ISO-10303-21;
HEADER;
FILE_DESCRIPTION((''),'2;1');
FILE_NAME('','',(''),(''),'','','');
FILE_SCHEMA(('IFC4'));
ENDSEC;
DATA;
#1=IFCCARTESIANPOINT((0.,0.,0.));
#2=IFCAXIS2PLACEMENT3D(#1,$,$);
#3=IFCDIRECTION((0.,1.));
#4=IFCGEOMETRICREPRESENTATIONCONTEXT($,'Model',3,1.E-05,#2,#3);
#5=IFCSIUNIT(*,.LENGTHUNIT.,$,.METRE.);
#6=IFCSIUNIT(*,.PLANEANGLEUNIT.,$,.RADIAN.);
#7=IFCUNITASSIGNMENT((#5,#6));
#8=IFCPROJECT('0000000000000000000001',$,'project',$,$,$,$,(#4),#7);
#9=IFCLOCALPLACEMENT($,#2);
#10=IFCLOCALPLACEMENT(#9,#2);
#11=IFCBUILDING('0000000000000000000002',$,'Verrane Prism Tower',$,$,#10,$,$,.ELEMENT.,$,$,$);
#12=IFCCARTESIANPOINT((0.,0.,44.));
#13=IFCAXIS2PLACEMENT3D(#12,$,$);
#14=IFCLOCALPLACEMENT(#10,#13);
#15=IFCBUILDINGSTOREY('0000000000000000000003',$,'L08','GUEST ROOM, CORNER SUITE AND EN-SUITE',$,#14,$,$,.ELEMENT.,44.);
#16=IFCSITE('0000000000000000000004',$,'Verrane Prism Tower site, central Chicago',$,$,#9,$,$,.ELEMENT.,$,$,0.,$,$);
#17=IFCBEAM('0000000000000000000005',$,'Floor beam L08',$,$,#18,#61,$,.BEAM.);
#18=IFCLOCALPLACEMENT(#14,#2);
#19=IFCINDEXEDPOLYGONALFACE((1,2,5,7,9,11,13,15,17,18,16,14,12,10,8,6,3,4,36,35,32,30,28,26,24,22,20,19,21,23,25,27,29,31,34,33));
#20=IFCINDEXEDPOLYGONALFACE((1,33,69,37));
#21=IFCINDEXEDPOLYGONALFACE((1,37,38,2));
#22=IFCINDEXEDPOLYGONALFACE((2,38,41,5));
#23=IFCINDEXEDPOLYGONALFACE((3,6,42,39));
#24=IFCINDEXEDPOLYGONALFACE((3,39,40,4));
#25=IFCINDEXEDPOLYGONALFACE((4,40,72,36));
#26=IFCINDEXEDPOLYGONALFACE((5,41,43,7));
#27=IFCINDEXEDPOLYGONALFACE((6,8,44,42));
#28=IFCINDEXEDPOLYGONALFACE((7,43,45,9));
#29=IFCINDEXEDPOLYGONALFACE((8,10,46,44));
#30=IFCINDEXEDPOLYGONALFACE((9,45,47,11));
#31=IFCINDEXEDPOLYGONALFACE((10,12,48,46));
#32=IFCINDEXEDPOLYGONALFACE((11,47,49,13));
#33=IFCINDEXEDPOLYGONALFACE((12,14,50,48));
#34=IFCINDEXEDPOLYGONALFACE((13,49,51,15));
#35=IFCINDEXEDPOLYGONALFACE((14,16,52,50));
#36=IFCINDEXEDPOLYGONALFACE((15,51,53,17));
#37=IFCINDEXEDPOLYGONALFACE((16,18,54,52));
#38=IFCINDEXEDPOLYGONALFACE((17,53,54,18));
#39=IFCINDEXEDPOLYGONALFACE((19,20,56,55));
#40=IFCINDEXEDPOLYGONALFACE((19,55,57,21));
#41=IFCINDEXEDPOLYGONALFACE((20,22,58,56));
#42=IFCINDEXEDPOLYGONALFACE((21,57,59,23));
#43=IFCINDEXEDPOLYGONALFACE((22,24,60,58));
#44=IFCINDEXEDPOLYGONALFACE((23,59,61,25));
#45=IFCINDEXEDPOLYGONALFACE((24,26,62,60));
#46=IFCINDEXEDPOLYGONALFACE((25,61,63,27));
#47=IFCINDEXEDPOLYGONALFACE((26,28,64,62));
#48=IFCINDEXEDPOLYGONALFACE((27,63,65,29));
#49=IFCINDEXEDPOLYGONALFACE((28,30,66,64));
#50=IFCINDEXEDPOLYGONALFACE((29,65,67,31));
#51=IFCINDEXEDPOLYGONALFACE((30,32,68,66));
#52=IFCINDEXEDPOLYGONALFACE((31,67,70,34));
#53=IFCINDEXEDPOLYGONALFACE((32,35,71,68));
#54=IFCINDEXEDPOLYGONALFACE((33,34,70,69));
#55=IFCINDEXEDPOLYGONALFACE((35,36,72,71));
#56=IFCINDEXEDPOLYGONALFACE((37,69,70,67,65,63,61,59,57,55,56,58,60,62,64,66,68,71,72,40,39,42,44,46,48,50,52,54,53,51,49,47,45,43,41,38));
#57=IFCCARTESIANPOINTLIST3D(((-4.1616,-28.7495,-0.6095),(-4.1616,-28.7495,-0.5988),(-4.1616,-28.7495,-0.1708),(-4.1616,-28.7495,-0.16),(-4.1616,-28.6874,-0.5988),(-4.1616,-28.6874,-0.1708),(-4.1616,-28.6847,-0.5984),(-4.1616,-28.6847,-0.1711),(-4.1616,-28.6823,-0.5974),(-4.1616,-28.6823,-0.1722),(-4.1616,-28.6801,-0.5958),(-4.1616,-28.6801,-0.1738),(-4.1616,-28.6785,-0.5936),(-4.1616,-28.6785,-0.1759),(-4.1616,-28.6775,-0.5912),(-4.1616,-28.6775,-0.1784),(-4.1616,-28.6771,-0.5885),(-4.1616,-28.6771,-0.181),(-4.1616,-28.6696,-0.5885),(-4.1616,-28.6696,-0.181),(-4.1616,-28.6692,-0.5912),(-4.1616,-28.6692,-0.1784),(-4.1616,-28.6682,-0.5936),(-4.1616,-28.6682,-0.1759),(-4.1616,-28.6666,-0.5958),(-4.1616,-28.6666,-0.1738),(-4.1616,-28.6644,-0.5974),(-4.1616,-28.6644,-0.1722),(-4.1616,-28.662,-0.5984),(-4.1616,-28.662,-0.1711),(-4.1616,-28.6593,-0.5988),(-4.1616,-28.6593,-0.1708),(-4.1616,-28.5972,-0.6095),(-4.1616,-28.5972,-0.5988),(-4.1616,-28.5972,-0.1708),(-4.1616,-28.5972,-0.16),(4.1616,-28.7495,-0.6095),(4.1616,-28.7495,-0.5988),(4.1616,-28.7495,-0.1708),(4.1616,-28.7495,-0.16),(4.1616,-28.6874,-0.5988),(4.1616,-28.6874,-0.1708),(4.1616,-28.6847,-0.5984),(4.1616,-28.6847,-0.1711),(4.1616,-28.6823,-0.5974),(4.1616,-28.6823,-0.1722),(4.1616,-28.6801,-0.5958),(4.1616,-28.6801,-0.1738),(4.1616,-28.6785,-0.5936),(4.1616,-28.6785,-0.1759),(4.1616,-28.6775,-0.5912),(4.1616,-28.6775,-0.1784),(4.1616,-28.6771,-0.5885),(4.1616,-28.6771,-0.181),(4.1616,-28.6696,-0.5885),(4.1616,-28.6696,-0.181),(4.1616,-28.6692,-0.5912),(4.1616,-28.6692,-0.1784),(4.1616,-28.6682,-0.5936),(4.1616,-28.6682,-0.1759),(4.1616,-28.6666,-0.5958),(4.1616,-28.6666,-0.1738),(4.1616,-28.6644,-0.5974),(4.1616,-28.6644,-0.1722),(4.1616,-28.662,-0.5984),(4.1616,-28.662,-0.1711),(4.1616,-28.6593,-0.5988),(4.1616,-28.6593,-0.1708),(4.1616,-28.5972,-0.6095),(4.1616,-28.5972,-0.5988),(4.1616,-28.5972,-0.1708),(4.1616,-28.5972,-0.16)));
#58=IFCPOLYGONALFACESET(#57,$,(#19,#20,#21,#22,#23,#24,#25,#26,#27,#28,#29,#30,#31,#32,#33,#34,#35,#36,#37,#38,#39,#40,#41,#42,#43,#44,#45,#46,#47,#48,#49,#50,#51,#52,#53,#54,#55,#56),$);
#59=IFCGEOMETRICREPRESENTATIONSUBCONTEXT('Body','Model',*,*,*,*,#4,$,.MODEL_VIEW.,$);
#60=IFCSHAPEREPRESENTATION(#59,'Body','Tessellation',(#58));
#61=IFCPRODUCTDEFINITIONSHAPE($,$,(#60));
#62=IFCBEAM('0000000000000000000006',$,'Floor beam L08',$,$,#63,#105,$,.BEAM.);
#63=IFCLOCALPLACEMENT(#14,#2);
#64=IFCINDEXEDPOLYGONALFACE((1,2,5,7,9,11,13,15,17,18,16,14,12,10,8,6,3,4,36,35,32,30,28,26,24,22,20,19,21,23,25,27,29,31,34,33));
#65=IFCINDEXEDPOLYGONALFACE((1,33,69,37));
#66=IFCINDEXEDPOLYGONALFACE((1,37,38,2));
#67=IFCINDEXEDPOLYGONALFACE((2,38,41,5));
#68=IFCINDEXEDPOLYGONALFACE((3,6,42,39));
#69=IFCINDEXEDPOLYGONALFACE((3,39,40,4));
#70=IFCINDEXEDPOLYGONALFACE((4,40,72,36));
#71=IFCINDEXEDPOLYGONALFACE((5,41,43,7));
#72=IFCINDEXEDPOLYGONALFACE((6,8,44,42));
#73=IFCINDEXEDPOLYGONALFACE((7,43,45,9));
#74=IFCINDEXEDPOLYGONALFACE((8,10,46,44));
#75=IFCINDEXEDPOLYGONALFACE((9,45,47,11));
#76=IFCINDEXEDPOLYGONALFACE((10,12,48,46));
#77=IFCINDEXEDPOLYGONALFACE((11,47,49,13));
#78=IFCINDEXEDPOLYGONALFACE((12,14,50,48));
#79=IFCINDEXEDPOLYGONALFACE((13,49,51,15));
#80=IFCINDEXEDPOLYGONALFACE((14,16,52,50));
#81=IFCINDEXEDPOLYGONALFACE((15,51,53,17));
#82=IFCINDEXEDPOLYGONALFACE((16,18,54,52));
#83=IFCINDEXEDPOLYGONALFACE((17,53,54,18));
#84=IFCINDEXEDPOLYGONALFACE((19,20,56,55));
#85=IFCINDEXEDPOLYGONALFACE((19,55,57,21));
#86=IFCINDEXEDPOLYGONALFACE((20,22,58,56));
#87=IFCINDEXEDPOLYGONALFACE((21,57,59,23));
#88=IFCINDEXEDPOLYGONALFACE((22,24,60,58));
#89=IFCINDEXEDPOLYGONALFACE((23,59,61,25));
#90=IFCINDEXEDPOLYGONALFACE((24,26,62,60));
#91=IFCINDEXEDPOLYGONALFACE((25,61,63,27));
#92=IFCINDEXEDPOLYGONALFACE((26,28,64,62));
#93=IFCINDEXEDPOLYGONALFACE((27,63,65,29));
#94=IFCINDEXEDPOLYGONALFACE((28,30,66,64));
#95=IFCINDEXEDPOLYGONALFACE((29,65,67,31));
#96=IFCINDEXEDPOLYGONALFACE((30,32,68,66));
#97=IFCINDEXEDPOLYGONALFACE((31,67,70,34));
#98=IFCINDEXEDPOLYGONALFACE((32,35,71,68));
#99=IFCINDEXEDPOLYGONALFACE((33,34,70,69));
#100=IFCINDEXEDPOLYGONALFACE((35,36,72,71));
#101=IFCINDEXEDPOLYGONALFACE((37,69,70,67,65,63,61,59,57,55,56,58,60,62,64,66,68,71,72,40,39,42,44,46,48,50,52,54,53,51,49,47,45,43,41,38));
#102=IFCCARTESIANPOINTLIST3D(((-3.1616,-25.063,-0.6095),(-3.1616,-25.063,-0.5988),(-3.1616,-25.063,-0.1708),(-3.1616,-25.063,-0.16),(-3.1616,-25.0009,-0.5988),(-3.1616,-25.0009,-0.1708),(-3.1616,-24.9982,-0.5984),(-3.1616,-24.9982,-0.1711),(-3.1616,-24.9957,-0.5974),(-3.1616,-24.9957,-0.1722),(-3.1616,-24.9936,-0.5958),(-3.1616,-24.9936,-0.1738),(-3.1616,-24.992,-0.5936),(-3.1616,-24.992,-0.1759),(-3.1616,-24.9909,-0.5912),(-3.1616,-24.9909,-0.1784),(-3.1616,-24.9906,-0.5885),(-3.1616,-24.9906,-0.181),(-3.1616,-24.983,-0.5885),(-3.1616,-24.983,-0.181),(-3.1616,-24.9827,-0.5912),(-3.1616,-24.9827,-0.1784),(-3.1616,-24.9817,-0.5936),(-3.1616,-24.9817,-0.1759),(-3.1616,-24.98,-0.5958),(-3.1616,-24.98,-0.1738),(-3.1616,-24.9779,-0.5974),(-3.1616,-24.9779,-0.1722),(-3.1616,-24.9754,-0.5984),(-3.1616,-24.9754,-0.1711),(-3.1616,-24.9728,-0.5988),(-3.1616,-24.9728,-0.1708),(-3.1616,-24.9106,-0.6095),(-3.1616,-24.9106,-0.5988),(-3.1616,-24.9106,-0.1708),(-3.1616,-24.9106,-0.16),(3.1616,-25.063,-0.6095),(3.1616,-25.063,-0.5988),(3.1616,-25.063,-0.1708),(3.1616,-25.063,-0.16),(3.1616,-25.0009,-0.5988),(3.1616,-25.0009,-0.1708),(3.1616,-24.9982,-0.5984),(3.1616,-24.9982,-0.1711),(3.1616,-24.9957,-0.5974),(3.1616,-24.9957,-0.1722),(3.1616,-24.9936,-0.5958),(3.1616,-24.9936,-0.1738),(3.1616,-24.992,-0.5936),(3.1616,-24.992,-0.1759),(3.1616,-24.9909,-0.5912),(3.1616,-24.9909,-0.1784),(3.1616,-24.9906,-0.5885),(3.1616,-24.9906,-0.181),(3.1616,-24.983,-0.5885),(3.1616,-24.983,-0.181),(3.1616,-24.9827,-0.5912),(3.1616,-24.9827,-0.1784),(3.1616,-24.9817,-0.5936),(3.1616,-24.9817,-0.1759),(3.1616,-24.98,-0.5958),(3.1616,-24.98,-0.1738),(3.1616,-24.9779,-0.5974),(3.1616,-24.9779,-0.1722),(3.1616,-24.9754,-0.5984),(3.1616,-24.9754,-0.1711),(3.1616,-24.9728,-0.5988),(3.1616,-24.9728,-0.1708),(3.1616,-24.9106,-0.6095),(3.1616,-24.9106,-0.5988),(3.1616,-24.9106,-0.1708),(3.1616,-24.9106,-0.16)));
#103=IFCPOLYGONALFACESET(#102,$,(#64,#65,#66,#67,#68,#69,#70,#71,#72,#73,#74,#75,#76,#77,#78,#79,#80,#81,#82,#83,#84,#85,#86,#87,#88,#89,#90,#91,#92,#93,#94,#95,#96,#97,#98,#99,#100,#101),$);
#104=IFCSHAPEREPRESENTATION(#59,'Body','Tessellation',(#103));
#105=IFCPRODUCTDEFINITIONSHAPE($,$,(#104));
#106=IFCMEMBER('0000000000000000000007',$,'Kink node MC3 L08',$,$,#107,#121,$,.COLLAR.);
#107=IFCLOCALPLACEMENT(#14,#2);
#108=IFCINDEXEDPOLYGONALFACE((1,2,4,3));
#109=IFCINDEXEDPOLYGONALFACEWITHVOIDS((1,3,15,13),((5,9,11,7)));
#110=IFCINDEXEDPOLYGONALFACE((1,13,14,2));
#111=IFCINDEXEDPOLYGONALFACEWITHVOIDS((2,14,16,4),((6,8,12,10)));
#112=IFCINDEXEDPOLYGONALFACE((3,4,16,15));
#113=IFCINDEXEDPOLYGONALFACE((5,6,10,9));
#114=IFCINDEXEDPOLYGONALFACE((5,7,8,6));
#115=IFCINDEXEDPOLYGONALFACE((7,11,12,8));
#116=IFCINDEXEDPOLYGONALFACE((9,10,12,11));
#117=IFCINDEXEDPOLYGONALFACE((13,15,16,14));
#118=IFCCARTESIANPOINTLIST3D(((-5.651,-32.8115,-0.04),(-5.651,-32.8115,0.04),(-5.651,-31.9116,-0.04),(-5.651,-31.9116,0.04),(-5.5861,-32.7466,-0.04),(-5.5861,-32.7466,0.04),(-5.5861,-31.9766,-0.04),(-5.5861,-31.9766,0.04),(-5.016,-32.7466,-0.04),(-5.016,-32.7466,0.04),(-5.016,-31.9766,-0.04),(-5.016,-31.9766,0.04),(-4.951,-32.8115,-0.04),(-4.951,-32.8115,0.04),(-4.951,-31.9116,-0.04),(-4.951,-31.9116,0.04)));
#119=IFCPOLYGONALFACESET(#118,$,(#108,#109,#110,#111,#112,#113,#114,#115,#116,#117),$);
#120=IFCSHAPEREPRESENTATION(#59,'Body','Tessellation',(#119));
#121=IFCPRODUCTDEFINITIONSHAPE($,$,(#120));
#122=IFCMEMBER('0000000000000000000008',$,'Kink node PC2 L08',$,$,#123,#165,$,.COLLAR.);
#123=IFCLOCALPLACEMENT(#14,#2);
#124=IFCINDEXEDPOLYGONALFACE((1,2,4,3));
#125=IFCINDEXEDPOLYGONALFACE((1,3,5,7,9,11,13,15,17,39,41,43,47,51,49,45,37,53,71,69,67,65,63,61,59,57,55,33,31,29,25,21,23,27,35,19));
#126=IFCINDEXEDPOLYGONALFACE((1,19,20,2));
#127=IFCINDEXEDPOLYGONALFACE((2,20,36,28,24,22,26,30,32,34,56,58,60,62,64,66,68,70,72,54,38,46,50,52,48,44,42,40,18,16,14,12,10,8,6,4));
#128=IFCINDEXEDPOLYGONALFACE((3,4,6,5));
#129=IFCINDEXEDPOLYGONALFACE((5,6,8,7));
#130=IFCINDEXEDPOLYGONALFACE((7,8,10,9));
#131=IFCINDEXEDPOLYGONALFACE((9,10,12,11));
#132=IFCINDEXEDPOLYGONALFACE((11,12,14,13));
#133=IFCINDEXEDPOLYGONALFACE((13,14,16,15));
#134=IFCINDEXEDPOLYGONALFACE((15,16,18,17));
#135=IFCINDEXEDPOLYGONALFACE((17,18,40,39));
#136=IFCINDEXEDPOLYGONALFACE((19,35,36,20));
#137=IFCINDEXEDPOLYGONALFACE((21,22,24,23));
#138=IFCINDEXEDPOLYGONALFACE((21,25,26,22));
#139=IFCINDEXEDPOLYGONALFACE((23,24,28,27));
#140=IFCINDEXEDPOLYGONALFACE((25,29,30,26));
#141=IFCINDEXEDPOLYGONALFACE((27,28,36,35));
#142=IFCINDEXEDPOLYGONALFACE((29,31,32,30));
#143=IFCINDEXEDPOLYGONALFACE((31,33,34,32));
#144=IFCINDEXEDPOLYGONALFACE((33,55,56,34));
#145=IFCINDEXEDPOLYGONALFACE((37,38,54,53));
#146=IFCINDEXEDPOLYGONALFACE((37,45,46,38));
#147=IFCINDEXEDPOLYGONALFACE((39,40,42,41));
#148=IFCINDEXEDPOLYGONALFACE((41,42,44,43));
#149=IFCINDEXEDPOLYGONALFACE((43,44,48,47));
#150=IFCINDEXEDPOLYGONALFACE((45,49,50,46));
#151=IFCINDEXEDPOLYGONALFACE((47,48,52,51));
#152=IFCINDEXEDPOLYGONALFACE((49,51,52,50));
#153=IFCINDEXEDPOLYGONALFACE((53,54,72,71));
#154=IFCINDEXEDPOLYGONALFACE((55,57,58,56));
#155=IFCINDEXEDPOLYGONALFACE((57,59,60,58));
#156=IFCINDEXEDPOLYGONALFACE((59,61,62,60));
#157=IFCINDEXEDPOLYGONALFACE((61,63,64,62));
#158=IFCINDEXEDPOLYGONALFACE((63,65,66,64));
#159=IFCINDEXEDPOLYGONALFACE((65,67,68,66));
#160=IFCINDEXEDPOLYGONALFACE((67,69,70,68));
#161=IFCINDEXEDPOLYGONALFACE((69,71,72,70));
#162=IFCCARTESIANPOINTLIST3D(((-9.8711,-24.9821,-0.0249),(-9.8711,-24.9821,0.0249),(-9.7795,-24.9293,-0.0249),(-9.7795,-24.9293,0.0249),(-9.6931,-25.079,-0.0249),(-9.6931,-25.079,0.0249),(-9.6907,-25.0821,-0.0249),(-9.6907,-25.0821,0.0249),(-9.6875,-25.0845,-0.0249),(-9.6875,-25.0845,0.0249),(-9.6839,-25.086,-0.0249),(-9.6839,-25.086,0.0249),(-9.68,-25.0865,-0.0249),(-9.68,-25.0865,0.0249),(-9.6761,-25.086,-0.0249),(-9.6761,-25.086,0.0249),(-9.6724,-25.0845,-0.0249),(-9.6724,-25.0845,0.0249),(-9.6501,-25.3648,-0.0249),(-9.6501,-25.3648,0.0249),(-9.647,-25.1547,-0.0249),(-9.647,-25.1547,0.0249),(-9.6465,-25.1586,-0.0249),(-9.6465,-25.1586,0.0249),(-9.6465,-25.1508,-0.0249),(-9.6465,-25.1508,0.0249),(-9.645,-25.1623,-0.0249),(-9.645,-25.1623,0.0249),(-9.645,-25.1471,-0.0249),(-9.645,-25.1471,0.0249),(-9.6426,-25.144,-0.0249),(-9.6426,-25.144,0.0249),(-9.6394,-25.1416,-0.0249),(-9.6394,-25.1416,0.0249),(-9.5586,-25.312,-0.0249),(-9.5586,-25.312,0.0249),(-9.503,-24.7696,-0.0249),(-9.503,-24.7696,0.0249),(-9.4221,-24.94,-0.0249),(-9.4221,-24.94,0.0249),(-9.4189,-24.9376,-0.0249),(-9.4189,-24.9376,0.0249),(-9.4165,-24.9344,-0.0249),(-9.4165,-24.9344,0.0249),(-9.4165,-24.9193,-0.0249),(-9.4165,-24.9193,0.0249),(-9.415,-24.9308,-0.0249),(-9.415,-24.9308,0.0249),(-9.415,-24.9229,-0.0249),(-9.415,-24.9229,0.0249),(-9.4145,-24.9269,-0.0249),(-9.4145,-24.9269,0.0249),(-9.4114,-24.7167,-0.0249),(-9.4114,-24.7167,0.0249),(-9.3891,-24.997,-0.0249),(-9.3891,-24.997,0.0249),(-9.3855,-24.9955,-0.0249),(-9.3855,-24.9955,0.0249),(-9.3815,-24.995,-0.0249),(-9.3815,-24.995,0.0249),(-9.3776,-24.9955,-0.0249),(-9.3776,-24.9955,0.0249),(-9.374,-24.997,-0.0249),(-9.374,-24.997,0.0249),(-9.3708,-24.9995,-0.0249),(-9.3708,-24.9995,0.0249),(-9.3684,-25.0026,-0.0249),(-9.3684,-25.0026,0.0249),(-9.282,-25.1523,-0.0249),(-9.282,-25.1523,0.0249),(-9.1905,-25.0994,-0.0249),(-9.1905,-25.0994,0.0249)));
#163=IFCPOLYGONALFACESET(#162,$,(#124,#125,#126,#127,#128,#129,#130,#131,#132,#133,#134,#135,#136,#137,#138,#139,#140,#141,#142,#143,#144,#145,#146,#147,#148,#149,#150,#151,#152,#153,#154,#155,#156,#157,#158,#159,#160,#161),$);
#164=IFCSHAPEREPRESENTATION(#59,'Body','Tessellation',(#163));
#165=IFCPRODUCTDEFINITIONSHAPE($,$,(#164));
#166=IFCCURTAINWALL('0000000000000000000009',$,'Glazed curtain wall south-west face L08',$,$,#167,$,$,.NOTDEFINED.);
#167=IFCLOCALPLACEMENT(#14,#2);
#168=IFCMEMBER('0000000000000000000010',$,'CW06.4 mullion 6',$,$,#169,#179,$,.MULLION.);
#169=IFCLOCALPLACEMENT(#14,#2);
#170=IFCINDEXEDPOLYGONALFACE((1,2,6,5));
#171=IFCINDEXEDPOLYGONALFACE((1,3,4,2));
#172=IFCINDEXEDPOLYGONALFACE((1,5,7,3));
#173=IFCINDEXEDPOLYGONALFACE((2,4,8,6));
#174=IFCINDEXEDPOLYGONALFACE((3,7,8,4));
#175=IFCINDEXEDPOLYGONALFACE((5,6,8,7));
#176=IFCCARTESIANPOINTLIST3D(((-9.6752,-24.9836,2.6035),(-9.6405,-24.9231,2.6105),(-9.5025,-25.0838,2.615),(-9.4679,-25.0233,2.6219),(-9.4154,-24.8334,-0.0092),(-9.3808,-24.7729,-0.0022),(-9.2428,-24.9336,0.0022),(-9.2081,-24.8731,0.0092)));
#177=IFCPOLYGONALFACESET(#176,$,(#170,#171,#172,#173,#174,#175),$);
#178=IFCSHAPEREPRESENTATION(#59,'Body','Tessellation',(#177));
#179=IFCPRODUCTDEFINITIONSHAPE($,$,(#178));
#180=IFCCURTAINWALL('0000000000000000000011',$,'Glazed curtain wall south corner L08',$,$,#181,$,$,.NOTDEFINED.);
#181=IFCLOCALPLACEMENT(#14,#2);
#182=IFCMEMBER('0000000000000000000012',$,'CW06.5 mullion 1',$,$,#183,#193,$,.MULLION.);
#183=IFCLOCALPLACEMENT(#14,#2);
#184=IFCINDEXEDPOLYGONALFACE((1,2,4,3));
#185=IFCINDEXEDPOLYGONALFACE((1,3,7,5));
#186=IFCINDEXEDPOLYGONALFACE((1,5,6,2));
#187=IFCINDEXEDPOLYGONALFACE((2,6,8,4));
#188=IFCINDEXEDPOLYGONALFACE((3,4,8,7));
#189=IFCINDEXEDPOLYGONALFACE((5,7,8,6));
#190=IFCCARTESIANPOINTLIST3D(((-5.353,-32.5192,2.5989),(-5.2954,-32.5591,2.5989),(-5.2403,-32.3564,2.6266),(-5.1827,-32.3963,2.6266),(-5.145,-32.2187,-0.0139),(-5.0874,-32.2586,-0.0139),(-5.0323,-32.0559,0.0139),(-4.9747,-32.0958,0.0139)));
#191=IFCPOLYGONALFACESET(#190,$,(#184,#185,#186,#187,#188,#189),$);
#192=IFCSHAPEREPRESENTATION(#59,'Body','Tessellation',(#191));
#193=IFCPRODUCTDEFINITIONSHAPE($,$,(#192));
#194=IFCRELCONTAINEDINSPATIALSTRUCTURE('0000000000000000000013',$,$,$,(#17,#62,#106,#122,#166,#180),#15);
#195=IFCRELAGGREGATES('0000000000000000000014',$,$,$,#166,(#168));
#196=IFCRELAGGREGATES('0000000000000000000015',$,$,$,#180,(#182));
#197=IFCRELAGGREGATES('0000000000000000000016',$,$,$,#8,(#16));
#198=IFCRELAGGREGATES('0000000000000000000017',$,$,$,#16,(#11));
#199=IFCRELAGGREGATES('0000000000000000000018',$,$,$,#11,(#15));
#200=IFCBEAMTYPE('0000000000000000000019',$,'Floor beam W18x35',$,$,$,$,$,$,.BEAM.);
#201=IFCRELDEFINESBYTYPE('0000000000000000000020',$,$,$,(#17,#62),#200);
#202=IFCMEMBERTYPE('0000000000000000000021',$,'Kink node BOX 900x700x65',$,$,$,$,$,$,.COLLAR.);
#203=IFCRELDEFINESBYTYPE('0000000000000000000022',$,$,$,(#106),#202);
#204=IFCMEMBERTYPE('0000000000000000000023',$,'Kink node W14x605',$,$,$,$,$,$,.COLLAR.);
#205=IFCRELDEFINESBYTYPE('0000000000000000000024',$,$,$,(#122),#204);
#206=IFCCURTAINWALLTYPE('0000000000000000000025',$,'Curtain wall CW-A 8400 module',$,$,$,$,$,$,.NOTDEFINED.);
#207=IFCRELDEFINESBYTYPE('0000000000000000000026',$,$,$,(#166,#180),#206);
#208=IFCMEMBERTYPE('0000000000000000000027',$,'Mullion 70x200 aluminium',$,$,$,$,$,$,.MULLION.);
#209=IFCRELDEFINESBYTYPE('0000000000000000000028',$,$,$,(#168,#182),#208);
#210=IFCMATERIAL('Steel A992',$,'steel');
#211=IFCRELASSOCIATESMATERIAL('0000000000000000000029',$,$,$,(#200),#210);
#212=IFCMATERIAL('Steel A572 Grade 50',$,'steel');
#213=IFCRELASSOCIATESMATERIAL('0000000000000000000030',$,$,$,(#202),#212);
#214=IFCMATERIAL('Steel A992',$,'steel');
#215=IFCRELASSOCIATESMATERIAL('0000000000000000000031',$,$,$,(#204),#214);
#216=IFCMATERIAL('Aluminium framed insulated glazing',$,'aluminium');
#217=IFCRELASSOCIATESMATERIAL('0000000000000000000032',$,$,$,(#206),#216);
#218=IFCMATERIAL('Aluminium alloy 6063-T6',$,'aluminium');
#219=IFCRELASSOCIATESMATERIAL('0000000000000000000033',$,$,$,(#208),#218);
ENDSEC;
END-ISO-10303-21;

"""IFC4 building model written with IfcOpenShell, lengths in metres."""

from ifc_helpers import new_model, si_unit, direction, frame, origin, origin_2d, place, context, subcontext, project, spatial, rectangle, hollow_rectangle, i_section, extrude, material, material_profile, profile_set, type_object, element, aggregate, save


model = new_model("IFC4")

# Units and contexts
model_context = context("Model", 3, precision=1e-05, world=origin(), true_north=direction((0.0, 1.0)))
body_context = subcontext(model_context, "Body", "Model", "MODEL_VIEW")
ifc_project = project(units=[si_unit("LENGTHUNIT", "METRE"), si_unit("PLANEANGLEUNIT", "RADIAN")], contexts=[model_context])

# Site, building, storey
site_placement = place(None, origin())
site = spatial("IfcSite", under=ifc_project, at=site_placement, Name="Verrane Prism Tower site, central Chicago", CompositionType="ELEMENT", RefElevation=0.0)
building_placement = place(site_placement, origin())
building = spatial("IfcBuilding", under=site, at=building_placement, Name="Verrane Prism Tower", CompositionType="ELEMENT")
storey_placement = place(building_placement, frame((0.0, 0.0, 44.0)))
storey = spatial("IfcBuildingStorey", under=building, at=storey_placement, Name="L08", Description="GUEST ROOM, CORNER SUITE AND EN-SUITE", CompositionType="ELEMENT", Elevation=44.0)

# Beams
ifc_material_1 = material(Name="Steel A992", Category="steel")
ifc_material_profile_1 = material_profile(ifc_material_1, i_section(OverallWidth=0.1523, OverallDepth=0.4495, WebThickness=0.0076, FlangeThickness=0.0107, FilletRadius=0.0103, at=origin_2d()), Name="W18x35")
ifc_profile_set_1 = profile_set([ifc_material_profile_1], Name="Steel A992")
beam_type_1 = type_object("IfcBeamType", Name="Floor beam W18x35", PredefinedType="BEAM", material=ifc_profile_set_1)
beam_1_placement = place(storey_placement, frame((-4.1616, -28.6733, -0.3848), z_axis=(1.0, 0.0, 0.0), x_axis=(0.0, 1.0, 0.0)))
element("IfcBeam", 1, at=beam_1_placement, inside=storey, type_object=beam_type_1, Name="Floor beam L08", PredefinedType="BEAM", context=body_context, shape_type="SweptSolid", body=[
    extrude(i_section(OverallWidth=0.1523, OverallDepth=0.4495, WebThickness=0.0076, FlangeThickness=0.0107, FilletRadius=0.0103, at=origin_2d()), origin(), (0.0, 0.0, 1.0), 8.3232),
])
beam_2_placement = place(storey_placement, frame((-3.1616, -24.9868, -0.3848), z_axis=(1.0, 0.0, 0.0), x_axis=(0.0, 1.0, 0.0)))
element("IfcBeam", 2, at=beam_2_placement, inside=storey, type_object=beam_type_1, Name="Floor beam L08", PredefinedType="BEAM", context=body_context, shape_type="SweptSolid", body=[
    extrude(i_section(OverallWidth=0.1523, OverallDepth=0.4495, WebThickness=0.0076, FlangeThickness=0.0107, FilletRadius=0.0103, at=origin_2d()), origin(), (0.0, 0.0, 1.0), 6.3232),
])

# Members
ifc_material_2 = material(Name="Steel A572 Grade 50", Category="steel")
ifc_material_profile_2 = material_profile(ifc_material_2, hollow_rectangle(XDim=0.7, YDim=0.8999, WallThickness=0.0649, at=origin_2d()), Name="BOX 900x700x65")
ifc_profile_set_2 = profile_set([ifc_material_profile_2], Name="Steel A572 Grade 50")
member_type_1 = type_object("IfcMemberType", Name="Kink node BOX 900x700x65", PredefinedType="COLLAR", material=ifc_profile_set_2)
member_1_placement = place(storey_placement, frame((-5.301, -32.3616, -0.04), z_axis=(0.0, 0.0, 1.0), x_axis=(-1.0, 0.0, 0.0)))
element("IfcMember", 3, at=member_1_placement, inside=storey, type_object=member_type_1, Name="Kink node MC3 L08", PredefinedType="COLLAR", context=body_context, shape_type="SweptSolid", body=[
    extrude(hollow_rectangle(XDim=0.7, YDim=0.8999, WallThickness=0.0649, at=origin_2d()), origin(), (0.0, 0.0, 1.0), 0.0801),
])
ifc_material_3 = material(Name="Steel A992", Category="steel")
ifc_material_profile_3 = material_profile(ifc_material_3, i_section(OverallWidth=0.4419, OverallDepth=0.5308, WebThickness=0.0659, FlangeThickness=0.1057, FilletRadius=0.0151, at=origin_2d()), Name="W14x605")
ifc_profile_set_3 = profile_set([ifc_material_profile_3], Name="Steel A992")
member_type_2 = type_object("IfcMemberType", Name="Kink node W14x605", PredefinedType="COLLAR", material=ifc_profile_set_3)
member_2_placement = place(storey_placement, frame((-9.5308, -25.0408, -0.0249), z_axis=(0.0, 0.0, 1.0), x_axis=(-0.5, 0.866025, 0.0)))
element("IfcMember", 4, at=member_2_placement, inside=storey, type_object=member_type_2, Name="Kink node PC2 L08", PredefinedType="COLLAR", context=body_context, shape_type="SweptSolid", body=[
    extrude(i_section(OverallWidth=0.4419, OverallDepth=0.5308, WebThickness=0.0659, FlangeThickness=0.1057, FilletRadius=0.0151, at=origin_2d()), origin(), (0.0, 0.0, 1.0), 0.0498),
])

# Curtain walls, members
ifc_material_4 = material(Name="Aluminium framed insulated glazing", Category="aluminium")
curtain_wall_type = type_object("IfcCurtainWallType", Name="Curtain wall CW-A 8400 module", PredefinedType="NOTDEFINED", material=ifc_material_4)
curtain_wall_1_placement = place(storey_placement, origin())
curtain_wall_1 = element("IfcCurtainWall", 5, at=curtain_wall_1_placement, inside=storey, type_object=curtain_wall_type, Name="Glazed curtain wall south-west face L08", PredefinedType="NOTDEFINED")
ifc_material_5 = material(Name="Aluminium alloy 6063-T6", Category="aluminium")
ifc_material_profile_4 = material_profile(ifc_material_5, rectangle(XDim=0.2, YDim=0.0701, at=origin_2d()), Name="Mullion 70x200 aluminium")
ifc_profile_set_4 = profile_set([ifc_material_profile_4], Name="Aluminium alloy 6063-T6")
member_type_3 = type_object("IfcMemberType", Name="Mullion 70x200 aluminium", PredefinedType="MULLION", material=ifc_profile_set_4)
member_3_placement = place(storey_placement, frame((-9.3118, -24.8533, 0.0), z_axis=(-0.098772, -0.057091, 0.993471), x_axis=(0.863446, -0.501206, 0.057042)))
member_3 = element("IfcMember", 6, at=member_3_placement, type_object=member_type_3, Name="CW06.4 mullion 6", PredefinedType="MULLION", context=body_context, shape_type="SweptSolid", body=[
    extrude(rectangle(XDim=0.2, YDim=0.0701, at=origin_2d()), origin(), (0.0, 0.0, 1.0), 2.6299),
])
curtain_wall_2_placement = place(storey_placement, origin())
curtain_wall_2 = element("IfcCurtainWall", 7, at=curtain_wall_2_placement, inside=storey, type_object=curtain_wall_type, Name="Glazed curtain wall south corner L08", PredefinedType="NOTDEFINED")
member_4_placement = place(storey_placement, frame((-5.0598, -32.1572, 0.0), z_axis=(-0.078844, -0.113916, 0.990357), x_axis=(0.563618, 0.814335, 0.138539)))
member_4 = element("IfcMember", 8, at=member_4_placement, type_object=member_type_3, Name="CW06.5 mullion 1", PredefinedType="MULLION", context=body_context, shape_type="SweptSolid", body=[
    extrude(rectangle(XDim=0.2, YDim=0.0701, at=origin_2d()), origin(), (0.0, 0.0, 1.0), 2.6382),
])

aggregate(curtain_wall_1, [member_3])
aggregate(curtain_wall_2, [member_4])

save(model, "model.ifc")
